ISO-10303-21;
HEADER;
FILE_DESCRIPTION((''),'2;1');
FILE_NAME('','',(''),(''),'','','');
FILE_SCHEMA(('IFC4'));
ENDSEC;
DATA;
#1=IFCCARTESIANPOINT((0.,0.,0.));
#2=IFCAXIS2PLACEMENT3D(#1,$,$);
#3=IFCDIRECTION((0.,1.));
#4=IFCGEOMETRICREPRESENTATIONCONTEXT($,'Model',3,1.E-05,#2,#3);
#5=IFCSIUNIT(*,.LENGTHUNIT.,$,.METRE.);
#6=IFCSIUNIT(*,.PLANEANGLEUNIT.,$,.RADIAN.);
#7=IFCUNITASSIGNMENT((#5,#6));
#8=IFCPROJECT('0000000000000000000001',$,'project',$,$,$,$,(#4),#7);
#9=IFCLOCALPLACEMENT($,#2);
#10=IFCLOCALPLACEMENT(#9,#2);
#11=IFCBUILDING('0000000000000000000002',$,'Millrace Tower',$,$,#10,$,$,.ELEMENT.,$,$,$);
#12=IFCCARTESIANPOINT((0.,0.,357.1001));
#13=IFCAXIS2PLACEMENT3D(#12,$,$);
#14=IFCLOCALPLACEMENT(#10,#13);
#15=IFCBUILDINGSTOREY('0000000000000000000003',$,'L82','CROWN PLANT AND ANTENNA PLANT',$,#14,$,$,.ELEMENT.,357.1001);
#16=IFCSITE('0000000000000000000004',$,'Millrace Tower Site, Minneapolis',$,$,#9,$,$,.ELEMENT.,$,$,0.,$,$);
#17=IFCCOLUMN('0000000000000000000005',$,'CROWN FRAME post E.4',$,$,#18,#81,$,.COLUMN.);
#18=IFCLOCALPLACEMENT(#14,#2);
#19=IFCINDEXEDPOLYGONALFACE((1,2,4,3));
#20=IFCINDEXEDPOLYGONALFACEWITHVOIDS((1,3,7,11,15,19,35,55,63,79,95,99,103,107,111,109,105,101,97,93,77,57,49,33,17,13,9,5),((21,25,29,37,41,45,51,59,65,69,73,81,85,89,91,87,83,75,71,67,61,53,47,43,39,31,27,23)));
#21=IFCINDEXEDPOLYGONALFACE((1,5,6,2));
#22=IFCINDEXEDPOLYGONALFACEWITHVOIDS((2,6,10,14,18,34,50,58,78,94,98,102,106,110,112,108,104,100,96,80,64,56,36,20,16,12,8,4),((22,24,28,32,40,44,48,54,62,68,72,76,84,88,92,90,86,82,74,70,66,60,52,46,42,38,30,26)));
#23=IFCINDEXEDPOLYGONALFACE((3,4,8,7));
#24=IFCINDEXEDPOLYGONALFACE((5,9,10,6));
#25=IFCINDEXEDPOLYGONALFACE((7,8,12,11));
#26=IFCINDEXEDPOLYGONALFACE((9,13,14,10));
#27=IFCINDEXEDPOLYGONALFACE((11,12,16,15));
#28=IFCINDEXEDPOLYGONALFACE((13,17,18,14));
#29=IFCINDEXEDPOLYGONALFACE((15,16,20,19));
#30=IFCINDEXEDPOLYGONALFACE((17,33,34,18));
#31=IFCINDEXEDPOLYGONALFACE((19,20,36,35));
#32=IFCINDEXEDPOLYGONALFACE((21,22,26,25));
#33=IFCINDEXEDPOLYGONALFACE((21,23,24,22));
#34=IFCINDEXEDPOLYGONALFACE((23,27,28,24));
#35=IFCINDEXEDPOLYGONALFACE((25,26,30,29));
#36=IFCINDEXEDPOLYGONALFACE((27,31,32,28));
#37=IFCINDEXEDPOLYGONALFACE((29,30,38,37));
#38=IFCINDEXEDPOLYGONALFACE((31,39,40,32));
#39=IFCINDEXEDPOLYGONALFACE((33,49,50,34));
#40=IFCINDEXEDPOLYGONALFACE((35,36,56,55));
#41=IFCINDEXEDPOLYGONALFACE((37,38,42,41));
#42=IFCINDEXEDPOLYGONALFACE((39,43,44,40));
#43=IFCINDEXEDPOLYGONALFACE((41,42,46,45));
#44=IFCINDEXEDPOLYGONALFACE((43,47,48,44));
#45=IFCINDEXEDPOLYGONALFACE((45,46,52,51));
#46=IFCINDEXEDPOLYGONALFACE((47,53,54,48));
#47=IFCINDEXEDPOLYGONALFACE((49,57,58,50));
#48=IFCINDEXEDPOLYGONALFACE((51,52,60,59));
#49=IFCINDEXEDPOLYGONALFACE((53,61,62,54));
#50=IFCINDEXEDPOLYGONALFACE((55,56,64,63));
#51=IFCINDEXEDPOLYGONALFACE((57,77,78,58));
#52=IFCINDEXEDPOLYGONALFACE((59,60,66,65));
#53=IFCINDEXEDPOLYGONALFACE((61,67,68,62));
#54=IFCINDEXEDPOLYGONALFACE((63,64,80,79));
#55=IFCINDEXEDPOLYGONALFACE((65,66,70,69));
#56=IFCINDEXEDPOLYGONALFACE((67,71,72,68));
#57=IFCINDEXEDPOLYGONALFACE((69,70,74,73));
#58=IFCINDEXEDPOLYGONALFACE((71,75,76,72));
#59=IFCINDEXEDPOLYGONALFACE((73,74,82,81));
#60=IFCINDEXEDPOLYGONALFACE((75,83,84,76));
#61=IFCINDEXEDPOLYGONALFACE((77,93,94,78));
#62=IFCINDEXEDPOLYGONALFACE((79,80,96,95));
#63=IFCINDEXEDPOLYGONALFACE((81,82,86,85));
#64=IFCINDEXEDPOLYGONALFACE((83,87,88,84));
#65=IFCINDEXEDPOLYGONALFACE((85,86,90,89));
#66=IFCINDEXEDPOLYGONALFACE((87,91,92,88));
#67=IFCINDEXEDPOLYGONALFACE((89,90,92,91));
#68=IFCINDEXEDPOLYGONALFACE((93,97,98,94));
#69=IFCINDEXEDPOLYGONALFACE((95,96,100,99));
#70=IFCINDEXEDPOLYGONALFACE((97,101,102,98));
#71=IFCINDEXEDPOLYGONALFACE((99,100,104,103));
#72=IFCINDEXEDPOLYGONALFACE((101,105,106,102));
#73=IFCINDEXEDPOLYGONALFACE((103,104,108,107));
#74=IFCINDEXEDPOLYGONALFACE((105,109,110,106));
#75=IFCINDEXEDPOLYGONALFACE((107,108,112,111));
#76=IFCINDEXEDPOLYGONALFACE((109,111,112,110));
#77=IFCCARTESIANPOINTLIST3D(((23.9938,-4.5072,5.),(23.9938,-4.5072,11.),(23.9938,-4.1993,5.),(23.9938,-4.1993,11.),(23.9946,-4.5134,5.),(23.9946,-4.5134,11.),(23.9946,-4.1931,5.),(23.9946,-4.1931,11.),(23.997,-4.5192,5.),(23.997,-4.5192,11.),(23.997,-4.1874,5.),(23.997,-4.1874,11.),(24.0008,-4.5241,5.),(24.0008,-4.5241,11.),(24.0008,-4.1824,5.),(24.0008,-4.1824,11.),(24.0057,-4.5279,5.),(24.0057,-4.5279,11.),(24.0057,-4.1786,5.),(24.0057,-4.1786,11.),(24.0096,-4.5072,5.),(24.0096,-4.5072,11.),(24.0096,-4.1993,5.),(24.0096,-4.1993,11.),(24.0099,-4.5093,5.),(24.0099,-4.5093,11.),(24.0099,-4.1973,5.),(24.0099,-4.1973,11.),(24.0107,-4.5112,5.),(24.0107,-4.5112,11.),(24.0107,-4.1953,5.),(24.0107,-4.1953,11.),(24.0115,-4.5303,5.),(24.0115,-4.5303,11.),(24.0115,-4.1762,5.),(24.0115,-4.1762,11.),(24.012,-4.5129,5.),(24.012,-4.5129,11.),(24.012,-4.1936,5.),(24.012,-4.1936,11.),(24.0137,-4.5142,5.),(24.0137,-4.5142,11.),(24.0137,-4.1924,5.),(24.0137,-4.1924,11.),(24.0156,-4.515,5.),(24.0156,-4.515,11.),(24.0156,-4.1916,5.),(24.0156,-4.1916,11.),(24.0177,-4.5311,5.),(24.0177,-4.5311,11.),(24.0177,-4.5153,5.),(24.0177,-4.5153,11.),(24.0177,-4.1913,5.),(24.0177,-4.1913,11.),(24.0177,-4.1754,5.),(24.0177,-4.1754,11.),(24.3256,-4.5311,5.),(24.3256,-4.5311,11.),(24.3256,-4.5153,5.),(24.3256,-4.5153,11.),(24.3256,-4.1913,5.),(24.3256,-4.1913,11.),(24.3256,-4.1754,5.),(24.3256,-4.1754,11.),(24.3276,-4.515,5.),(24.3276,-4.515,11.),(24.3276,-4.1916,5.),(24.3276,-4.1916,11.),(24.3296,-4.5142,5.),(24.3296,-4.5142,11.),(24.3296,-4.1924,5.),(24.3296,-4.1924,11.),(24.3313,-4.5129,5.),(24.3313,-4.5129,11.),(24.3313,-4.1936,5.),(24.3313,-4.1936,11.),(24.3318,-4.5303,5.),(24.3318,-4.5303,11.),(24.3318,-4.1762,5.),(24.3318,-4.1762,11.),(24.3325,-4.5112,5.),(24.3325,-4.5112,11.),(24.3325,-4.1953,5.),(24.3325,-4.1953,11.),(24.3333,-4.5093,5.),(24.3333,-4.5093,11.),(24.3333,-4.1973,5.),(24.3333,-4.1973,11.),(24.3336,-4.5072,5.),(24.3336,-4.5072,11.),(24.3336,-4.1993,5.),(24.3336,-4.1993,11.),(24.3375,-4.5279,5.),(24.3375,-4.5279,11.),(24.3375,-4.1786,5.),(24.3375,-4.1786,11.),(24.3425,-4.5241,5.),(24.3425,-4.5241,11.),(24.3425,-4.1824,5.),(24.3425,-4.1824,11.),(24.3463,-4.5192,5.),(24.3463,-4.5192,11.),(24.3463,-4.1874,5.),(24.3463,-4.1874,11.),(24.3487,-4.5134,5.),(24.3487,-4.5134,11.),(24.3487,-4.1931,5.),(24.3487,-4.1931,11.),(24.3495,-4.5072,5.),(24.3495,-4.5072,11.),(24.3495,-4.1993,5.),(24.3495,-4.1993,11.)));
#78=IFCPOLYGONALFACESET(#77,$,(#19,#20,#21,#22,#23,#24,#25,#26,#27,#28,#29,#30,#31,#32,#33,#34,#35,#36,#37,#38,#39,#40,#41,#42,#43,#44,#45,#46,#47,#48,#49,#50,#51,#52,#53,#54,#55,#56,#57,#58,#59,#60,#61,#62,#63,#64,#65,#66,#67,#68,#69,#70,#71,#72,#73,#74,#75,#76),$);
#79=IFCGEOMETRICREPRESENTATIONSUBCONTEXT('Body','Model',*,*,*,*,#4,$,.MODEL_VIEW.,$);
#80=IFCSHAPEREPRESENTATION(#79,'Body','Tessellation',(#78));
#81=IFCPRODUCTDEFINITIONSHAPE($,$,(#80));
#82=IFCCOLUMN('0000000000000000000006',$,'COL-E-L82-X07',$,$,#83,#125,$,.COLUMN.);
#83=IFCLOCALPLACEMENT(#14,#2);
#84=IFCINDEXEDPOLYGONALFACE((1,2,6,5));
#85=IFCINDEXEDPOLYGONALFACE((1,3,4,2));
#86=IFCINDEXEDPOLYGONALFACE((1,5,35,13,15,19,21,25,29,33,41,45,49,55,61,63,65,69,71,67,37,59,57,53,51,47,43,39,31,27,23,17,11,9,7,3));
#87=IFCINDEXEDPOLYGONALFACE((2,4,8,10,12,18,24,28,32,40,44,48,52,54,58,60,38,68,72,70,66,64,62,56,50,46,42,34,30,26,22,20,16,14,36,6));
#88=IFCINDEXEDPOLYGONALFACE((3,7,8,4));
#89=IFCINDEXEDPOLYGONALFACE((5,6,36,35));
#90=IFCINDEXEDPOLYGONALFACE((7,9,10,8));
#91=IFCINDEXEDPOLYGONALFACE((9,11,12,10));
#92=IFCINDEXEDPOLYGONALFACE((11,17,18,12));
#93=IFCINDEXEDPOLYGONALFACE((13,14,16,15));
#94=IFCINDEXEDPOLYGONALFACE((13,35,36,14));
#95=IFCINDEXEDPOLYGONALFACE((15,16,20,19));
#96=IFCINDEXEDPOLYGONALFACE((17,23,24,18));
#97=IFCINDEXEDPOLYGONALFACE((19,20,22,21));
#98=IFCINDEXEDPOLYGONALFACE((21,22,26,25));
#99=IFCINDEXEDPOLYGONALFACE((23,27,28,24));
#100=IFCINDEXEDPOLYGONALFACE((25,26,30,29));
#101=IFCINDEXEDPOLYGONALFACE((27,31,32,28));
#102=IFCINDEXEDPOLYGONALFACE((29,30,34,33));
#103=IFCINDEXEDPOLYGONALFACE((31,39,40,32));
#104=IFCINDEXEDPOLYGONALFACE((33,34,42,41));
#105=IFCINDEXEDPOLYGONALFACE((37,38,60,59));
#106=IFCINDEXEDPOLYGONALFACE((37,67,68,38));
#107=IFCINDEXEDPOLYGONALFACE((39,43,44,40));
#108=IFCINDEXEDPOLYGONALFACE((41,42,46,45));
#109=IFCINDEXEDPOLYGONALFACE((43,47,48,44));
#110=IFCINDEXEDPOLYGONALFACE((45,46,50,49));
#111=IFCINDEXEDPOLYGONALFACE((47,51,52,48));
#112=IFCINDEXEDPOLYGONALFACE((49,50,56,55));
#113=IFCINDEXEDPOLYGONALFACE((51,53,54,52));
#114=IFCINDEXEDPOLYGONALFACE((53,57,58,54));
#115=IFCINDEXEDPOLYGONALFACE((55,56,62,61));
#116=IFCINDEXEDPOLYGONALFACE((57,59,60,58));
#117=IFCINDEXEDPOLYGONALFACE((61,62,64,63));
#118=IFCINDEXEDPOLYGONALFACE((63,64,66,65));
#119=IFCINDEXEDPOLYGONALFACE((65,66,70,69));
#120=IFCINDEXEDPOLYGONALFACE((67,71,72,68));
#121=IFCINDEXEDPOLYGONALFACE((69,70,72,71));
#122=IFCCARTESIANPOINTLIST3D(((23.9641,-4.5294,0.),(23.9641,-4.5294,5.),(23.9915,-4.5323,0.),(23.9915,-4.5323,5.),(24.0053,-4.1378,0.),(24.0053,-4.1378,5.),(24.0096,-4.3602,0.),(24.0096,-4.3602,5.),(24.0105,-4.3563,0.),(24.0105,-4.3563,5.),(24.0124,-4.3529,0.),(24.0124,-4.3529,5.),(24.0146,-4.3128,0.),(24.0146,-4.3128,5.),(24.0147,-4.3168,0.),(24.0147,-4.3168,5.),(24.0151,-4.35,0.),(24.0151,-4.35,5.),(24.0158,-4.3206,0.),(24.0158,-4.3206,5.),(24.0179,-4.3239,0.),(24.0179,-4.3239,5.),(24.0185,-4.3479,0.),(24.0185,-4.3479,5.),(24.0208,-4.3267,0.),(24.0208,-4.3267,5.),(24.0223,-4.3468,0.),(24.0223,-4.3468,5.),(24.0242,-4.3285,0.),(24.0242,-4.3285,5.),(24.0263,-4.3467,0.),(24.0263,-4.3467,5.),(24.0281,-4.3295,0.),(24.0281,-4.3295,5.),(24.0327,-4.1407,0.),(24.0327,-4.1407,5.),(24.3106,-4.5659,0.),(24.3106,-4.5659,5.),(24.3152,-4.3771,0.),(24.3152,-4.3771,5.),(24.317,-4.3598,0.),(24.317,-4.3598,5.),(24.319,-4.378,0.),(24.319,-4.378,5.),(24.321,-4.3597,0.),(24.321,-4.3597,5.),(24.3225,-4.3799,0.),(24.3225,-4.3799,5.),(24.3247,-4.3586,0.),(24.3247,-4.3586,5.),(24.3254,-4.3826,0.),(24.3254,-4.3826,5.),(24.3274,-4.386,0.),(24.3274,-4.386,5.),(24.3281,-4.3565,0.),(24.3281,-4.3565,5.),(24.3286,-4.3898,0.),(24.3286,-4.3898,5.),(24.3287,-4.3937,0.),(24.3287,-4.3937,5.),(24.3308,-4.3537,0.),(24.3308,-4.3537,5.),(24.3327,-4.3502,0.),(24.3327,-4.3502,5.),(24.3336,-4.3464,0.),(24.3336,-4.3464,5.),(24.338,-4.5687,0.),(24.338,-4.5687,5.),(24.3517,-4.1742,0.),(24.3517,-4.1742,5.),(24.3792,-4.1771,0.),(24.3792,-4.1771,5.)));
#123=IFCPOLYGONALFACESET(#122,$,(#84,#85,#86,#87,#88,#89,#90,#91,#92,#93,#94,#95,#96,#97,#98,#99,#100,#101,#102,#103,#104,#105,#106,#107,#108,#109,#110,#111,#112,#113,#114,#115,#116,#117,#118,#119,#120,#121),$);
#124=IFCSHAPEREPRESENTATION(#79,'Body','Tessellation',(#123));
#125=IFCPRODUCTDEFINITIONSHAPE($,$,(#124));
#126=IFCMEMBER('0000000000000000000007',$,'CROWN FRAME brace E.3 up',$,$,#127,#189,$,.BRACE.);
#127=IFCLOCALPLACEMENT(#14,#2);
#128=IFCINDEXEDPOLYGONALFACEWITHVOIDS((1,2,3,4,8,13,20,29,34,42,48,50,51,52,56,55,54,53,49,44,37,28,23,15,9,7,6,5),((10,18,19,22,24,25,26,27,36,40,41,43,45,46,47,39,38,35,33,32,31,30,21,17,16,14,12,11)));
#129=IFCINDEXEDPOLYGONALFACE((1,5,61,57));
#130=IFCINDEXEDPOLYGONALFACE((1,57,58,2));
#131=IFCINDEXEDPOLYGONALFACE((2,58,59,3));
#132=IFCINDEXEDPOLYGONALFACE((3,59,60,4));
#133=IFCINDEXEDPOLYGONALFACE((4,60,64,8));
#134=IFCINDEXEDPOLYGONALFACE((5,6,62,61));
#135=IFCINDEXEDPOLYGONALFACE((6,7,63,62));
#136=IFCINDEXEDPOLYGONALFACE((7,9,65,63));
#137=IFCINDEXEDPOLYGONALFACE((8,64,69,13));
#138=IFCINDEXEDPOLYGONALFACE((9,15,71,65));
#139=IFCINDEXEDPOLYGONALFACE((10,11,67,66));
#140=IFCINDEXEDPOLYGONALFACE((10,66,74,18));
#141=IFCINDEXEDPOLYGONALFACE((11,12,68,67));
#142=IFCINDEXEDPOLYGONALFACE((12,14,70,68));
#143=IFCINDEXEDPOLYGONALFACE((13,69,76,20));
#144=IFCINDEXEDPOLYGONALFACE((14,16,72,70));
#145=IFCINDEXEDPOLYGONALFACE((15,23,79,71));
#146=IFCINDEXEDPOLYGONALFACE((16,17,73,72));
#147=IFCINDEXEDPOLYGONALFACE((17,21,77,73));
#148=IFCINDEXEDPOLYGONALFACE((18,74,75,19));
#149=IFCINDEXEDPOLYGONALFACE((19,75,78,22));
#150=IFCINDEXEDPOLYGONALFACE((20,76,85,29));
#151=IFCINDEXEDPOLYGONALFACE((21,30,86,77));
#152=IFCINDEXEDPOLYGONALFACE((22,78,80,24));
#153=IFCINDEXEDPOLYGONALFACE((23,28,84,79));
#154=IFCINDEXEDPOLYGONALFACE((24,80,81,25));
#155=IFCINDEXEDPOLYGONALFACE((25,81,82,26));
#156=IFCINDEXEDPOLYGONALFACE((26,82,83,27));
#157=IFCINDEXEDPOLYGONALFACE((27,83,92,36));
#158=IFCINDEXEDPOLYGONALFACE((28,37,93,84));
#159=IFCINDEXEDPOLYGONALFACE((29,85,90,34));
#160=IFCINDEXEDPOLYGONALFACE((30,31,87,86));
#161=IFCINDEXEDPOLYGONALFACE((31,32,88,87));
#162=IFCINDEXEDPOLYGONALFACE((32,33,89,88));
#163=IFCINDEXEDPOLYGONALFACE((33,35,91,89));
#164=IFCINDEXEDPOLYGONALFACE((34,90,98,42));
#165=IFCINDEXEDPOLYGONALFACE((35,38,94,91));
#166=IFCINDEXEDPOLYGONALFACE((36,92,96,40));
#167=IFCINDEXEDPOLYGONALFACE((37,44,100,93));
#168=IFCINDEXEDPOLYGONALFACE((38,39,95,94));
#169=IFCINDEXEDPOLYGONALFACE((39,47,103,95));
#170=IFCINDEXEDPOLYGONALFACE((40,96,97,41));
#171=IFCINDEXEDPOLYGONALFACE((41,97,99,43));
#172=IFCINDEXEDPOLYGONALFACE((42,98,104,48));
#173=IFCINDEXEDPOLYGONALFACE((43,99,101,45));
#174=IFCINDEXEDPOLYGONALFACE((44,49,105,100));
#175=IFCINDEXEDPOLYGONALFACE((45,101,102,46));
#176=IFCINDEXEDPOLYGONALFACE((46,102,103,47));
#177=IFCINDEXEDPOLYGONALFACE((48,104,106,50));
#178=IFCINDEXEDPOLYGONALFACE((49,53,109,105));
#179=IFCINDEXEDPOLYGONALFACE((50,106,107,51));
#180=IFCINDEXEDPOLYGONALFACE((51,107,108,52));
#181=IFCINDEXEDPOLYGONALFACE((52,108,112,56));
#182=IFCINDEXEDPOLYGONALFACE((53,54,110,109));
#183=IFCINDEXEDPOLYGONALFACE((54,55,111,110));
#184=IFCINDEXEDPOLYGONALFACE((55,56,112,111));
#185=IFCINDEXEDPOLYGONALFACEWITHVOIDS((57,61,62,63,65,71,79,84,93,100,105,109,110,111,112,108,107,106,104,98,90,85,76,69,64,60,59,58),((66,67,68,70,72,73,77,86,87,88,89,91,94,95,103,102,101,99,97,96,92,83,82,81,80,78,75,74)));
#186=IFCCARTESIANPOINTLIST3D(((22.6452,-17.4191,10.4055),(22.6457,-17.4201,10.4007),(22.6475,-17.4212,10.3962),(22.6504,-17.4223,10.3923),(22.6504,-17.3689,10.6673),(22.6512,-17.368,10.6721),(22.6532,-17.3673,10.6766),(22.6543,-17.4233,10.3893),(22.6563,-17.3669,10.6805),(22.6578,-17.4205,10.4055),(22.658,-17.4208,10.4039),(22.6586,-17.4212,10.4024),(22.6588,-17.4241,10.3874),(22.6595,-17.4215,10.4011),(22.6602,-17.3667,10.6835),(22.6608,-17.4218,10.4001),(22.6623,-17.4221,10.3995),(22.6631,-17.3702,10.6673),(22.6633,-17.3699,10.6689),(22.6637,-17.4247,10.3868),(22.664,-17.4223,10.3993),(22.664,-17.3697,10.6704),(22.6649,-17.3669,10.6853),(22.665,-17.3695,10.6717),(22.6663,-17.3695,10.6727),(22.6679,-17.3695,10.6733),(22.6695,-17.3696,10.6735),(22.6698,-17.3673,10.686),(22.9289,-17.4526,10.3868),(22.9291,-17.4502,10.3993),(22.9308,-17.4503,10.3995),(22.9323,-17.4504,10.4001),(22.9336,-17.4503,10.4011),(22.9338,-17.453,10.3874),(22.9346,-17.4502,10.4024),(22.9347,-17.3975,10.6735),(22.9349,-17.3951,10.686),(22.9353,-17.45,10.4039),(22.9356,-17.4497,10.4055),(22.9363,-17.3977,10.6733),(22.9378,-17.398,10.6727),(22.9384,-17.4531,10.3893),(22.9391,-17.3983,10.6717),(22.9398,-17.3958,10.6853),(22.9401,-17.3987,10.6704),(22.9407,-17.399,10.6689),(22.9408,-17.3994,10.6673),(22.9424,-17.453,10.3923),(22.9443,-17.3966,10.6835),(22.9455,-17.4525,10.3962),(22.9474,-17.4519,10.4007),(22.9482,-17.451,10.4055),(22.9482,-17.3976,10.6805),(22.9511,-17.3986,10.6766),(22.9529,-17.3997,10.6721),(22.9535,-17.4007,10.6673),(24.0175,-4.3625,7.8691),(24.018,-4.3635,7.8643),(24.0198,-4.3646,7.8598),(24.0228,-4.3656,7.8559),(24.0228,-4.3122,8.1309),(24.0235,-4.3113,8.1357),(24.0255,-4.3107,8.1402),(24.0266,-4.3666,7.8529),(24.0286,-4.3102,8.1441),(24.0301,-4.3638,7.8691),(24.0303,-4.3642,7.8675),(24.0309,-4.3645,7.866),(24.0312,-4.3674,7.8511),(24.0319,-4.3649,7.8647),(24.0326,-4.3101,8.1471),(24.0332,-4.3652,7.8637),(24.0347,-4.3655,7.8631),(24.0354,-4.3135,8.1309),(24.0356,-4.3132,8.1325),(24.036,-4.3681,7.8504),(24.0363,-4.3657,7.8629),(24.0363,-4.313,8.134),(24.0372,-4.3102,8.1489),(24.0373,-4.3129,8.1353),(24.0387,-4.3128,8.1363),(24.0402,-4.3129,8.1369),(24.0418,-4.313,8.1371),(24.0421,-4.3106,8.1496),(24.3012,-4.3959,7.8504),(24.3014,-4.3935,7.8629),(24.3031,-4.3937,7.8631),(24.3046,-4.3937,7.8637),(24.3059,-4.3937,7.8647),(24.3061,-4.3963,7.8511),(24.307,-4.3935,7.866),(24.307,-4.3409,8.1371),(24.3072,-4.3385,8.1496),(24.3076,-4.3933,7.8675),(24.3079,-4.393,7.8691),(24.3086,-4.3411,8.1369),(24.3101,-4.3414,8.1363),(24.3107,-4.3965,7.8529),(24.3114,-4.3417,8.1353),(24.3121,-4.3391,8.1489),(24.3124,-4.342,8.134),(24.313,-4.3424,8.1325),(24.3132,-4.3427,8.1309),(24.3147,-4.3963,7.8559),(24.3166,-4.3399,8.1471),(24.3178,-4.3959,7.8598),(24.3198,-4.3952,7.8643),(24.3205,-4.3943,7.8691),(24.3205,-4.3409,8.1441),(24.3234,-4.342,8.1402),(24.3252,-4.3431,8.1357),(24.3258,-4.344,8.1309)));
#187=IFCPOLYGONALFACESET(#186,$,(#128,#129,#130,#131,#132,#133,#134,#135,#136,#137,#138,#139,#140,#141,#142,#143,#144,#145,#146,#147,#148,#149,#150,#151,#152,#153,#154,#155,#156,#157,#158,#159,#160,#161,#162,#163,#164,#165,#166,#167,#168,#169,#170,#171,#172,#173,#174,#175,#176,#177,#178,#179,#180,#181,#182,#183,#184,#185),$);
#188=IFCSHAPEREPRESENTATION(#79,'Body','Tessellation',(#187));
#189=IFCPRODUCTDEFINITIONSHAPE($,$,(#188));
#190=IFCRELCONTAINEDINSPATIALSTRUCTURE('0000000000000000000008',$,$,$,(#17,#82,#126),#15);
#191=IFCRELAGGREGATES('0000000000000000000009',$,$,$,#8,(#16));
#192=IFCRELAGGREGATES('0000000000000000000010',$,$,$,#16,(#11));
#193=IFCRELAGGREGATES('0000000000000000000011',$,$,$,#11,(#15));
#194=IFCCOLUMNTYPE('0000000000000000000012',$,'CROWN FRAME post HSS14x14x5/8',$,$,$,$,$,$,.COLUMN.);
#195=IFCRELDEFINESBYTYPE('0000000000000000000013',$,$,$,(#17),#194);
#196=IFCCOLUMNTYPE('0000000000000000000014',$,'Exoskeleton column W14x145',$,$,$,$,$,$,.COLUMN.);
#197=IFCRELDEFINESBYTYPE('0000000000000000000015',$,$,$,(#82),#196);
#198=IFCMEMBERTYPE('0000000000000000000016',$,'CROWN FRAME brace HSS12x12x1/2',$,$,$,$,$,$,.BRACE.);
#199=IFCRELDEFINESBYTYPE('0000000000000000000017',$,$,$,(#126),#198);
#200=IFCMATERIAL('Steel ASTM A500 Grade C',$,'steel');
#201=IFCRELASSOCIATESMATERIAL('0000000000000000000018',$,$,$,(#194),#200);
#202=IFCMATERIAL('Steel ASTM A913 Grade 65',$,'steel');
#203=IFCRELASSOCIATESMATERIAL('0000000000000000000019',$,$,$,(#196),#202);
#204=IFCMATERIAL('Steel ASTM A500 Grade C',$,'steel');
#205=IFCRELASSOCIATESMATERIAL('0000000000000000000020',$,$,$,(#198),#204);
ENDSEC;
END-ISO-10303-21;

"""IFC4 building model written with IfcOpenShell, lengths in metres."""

from ifc_helpers import new_model, si_unit, direction, frame, origin, origin_2d, place, context, subcontext, project, spatial, hollow_rectangle, i_section, extrude, material, material_profile, profile_set, type_object, element, save


model = new_model("IFC4")

# Units and contexts
model_context = context("Model", 3, precision=1e-05, world=origin(), true_north=direction((0.0, 1.0)))
body_context = subcontext(model_context, "Body", "Model", "MODEL_VIEW")
ifc_project = project(units=[si_unit("LENGTHUNIT", "METRE"), si_unit("PLANEANGLEUNIT", "RADIAN")], contexts=[model_context])

# Site, building, storey
site_placement = place(None, origin())
site = spatial("IfcSite", under=ifc_project, at=site_placement, Name="Millrace Tower Site, Minneapolis", CompositionType="ELEMENT", RefElevation=0.0)
building_placement = place(site_placement, origin())
building = spatial("IfcBuilding", under=site, at=building_placement, Name="Millrace Tower", CompositionType="ELEMENT")
storey_placement = place(building_placement, frame((0.0, 0.0, 357.1001)))
storey = spatial("IfcBuildingStorey", under=building, at=storey_placement, Name="L82", Description="CROWN PLANT AND ANTENNA PLANT", CompositionType="ELEMENT", Elevation=357.1001)

# Columns
ifc_material_1 = material(Name="Steel ASTM A500 Grade C", Category="steel")
ifc_material_profile_1 = material_profile(ifc_material_1, hollow_rectangle(XDim=0.3557, YDim=0.3557, WallThickness=0.0159, InnerFilletRadius=0.0081, OuterFilletRadius=0.0239, at=origin_2d()))
ifc_profile_set_1 = profile_set([ifc_material_profile_1], Name="Steel ASTM A500 Grade C")
column_type_1 = type_object("IfcColumnType", Name="CROWN FRAME post HSS14x14x5/8", PredefinedType="COLUMN", material=ifc_profile_set_1)
column_1_placement = place(storey_placement, frame((24.1716, -4.3533, 5.0), z_axis=(0.0, 0.0, 1.0), x_axis=(1.0, 0.0, 0.0)))
element("IfcColumn", 1, at=column_1_placement, inside=storey, type_object=column_type_1, Name="CROWN FRAME post E.4", PredefinedType="COLUMN", context=body_context, shape_type="SweptSolid", body=[
    extrude(hollow_rectangle(XDim=0.3557, YDim=0.3557, WallThickness=0.0159, InnerFilletRadius=0.0081, OuterFilletRadius=0.0239, at=origin_2d()), origin(), (0.0, 0.0, 1.0), 6.0),
])
ifc_material_2 = material(Name="Steel ASTM A913 Grade 65", Category="steel")
ifc_material_profile_2 = material_profile(ifc_material_2, i_section(OverallWidth=0.3938, OverallDepth=0.376, WebThickness=0.0173, FlangeThickness=0.0276, FilletRadius=0.0151, at=origin_2d()))
ifc_profile_set_2 = profile_set([ifc_material_profile_2], Name="Steel ASTM A913 Grade 65")
column_type_2 = type_object("IfcColumnType", Name="Exoskeleton column W14x145", PredefinedType="COLUMN", material=ifc_profile_set_2)
column_2_placement = place(storey_placement, frame((24.1716, -4.3533, 0.0), z_axis=(0.0, 0.0, 1.0), x_axis=(0.104528, 0.994522, 0.0)))
element("IfcColumn", 2, at=column_2_placement, inside=storey, type_object=column_type_2, Name="COL-E-L82-X07", PredefinedType="COLUMN", context=body_context, shape_type="SweptSolid", body=[
    extrude(i_section(OverallWidth=0.3938, OverallDepth=0.376, WebThickness=0.0173, FlangeThickness=0.0276, FilletRadius=0.0151, at=origin_2d()), origin(), (0.0, 0.0, 1.0), 5.0),
])

# Member
ifc_material_3 = material(Name="Steel ASTM A500 Grade C", Category="steel")
ifc_material_profile_3 = material_profile(ifc_material_3, hollow_rectangle(XDim=0.3047, YDim=0.3047, WallThickness=0.0127, InnerFilletRadius=0.0063, OuterFilletRadius=0.019, at=origin_2d()))
ifc_profile_set_3 = profile_set([ifc_material_profile_3], Name="Steel ASTM A500 Grade C")
member_type_1 = type_object("IfcMemberType", Name="CROWN FRAME brace HSS12x12x1/2", PredefinedType="BRACE", material=ifc_profile_set_3)
member_1_placement = place(storey_placement, frame((24.1716, -4.3533, 8.0), z_axis=(-0.102631, -0.976466, 0.189688), x_axis=(0.994522, -0.104529, 0.0)))
element("IfcMember", 3, at=member_1_placement, inside=storey, type_object=member_type_1, Name="CROWN FRAME brace E.3 up", PredefinedType="BRACE", context=body_context, shape_type="SweptSolid", body=[
    extrude(hollow_rectangle(XDim=0.3047, YDim=0.3047, WallThickness=0.0127, InnerFilletRadius=0.0063, OuterFilletRadius=0.019, at=origin_2d()), origin(), (0.0, 0.0, 1.0), 13.3713),
])

save(model, "model.ifc")
